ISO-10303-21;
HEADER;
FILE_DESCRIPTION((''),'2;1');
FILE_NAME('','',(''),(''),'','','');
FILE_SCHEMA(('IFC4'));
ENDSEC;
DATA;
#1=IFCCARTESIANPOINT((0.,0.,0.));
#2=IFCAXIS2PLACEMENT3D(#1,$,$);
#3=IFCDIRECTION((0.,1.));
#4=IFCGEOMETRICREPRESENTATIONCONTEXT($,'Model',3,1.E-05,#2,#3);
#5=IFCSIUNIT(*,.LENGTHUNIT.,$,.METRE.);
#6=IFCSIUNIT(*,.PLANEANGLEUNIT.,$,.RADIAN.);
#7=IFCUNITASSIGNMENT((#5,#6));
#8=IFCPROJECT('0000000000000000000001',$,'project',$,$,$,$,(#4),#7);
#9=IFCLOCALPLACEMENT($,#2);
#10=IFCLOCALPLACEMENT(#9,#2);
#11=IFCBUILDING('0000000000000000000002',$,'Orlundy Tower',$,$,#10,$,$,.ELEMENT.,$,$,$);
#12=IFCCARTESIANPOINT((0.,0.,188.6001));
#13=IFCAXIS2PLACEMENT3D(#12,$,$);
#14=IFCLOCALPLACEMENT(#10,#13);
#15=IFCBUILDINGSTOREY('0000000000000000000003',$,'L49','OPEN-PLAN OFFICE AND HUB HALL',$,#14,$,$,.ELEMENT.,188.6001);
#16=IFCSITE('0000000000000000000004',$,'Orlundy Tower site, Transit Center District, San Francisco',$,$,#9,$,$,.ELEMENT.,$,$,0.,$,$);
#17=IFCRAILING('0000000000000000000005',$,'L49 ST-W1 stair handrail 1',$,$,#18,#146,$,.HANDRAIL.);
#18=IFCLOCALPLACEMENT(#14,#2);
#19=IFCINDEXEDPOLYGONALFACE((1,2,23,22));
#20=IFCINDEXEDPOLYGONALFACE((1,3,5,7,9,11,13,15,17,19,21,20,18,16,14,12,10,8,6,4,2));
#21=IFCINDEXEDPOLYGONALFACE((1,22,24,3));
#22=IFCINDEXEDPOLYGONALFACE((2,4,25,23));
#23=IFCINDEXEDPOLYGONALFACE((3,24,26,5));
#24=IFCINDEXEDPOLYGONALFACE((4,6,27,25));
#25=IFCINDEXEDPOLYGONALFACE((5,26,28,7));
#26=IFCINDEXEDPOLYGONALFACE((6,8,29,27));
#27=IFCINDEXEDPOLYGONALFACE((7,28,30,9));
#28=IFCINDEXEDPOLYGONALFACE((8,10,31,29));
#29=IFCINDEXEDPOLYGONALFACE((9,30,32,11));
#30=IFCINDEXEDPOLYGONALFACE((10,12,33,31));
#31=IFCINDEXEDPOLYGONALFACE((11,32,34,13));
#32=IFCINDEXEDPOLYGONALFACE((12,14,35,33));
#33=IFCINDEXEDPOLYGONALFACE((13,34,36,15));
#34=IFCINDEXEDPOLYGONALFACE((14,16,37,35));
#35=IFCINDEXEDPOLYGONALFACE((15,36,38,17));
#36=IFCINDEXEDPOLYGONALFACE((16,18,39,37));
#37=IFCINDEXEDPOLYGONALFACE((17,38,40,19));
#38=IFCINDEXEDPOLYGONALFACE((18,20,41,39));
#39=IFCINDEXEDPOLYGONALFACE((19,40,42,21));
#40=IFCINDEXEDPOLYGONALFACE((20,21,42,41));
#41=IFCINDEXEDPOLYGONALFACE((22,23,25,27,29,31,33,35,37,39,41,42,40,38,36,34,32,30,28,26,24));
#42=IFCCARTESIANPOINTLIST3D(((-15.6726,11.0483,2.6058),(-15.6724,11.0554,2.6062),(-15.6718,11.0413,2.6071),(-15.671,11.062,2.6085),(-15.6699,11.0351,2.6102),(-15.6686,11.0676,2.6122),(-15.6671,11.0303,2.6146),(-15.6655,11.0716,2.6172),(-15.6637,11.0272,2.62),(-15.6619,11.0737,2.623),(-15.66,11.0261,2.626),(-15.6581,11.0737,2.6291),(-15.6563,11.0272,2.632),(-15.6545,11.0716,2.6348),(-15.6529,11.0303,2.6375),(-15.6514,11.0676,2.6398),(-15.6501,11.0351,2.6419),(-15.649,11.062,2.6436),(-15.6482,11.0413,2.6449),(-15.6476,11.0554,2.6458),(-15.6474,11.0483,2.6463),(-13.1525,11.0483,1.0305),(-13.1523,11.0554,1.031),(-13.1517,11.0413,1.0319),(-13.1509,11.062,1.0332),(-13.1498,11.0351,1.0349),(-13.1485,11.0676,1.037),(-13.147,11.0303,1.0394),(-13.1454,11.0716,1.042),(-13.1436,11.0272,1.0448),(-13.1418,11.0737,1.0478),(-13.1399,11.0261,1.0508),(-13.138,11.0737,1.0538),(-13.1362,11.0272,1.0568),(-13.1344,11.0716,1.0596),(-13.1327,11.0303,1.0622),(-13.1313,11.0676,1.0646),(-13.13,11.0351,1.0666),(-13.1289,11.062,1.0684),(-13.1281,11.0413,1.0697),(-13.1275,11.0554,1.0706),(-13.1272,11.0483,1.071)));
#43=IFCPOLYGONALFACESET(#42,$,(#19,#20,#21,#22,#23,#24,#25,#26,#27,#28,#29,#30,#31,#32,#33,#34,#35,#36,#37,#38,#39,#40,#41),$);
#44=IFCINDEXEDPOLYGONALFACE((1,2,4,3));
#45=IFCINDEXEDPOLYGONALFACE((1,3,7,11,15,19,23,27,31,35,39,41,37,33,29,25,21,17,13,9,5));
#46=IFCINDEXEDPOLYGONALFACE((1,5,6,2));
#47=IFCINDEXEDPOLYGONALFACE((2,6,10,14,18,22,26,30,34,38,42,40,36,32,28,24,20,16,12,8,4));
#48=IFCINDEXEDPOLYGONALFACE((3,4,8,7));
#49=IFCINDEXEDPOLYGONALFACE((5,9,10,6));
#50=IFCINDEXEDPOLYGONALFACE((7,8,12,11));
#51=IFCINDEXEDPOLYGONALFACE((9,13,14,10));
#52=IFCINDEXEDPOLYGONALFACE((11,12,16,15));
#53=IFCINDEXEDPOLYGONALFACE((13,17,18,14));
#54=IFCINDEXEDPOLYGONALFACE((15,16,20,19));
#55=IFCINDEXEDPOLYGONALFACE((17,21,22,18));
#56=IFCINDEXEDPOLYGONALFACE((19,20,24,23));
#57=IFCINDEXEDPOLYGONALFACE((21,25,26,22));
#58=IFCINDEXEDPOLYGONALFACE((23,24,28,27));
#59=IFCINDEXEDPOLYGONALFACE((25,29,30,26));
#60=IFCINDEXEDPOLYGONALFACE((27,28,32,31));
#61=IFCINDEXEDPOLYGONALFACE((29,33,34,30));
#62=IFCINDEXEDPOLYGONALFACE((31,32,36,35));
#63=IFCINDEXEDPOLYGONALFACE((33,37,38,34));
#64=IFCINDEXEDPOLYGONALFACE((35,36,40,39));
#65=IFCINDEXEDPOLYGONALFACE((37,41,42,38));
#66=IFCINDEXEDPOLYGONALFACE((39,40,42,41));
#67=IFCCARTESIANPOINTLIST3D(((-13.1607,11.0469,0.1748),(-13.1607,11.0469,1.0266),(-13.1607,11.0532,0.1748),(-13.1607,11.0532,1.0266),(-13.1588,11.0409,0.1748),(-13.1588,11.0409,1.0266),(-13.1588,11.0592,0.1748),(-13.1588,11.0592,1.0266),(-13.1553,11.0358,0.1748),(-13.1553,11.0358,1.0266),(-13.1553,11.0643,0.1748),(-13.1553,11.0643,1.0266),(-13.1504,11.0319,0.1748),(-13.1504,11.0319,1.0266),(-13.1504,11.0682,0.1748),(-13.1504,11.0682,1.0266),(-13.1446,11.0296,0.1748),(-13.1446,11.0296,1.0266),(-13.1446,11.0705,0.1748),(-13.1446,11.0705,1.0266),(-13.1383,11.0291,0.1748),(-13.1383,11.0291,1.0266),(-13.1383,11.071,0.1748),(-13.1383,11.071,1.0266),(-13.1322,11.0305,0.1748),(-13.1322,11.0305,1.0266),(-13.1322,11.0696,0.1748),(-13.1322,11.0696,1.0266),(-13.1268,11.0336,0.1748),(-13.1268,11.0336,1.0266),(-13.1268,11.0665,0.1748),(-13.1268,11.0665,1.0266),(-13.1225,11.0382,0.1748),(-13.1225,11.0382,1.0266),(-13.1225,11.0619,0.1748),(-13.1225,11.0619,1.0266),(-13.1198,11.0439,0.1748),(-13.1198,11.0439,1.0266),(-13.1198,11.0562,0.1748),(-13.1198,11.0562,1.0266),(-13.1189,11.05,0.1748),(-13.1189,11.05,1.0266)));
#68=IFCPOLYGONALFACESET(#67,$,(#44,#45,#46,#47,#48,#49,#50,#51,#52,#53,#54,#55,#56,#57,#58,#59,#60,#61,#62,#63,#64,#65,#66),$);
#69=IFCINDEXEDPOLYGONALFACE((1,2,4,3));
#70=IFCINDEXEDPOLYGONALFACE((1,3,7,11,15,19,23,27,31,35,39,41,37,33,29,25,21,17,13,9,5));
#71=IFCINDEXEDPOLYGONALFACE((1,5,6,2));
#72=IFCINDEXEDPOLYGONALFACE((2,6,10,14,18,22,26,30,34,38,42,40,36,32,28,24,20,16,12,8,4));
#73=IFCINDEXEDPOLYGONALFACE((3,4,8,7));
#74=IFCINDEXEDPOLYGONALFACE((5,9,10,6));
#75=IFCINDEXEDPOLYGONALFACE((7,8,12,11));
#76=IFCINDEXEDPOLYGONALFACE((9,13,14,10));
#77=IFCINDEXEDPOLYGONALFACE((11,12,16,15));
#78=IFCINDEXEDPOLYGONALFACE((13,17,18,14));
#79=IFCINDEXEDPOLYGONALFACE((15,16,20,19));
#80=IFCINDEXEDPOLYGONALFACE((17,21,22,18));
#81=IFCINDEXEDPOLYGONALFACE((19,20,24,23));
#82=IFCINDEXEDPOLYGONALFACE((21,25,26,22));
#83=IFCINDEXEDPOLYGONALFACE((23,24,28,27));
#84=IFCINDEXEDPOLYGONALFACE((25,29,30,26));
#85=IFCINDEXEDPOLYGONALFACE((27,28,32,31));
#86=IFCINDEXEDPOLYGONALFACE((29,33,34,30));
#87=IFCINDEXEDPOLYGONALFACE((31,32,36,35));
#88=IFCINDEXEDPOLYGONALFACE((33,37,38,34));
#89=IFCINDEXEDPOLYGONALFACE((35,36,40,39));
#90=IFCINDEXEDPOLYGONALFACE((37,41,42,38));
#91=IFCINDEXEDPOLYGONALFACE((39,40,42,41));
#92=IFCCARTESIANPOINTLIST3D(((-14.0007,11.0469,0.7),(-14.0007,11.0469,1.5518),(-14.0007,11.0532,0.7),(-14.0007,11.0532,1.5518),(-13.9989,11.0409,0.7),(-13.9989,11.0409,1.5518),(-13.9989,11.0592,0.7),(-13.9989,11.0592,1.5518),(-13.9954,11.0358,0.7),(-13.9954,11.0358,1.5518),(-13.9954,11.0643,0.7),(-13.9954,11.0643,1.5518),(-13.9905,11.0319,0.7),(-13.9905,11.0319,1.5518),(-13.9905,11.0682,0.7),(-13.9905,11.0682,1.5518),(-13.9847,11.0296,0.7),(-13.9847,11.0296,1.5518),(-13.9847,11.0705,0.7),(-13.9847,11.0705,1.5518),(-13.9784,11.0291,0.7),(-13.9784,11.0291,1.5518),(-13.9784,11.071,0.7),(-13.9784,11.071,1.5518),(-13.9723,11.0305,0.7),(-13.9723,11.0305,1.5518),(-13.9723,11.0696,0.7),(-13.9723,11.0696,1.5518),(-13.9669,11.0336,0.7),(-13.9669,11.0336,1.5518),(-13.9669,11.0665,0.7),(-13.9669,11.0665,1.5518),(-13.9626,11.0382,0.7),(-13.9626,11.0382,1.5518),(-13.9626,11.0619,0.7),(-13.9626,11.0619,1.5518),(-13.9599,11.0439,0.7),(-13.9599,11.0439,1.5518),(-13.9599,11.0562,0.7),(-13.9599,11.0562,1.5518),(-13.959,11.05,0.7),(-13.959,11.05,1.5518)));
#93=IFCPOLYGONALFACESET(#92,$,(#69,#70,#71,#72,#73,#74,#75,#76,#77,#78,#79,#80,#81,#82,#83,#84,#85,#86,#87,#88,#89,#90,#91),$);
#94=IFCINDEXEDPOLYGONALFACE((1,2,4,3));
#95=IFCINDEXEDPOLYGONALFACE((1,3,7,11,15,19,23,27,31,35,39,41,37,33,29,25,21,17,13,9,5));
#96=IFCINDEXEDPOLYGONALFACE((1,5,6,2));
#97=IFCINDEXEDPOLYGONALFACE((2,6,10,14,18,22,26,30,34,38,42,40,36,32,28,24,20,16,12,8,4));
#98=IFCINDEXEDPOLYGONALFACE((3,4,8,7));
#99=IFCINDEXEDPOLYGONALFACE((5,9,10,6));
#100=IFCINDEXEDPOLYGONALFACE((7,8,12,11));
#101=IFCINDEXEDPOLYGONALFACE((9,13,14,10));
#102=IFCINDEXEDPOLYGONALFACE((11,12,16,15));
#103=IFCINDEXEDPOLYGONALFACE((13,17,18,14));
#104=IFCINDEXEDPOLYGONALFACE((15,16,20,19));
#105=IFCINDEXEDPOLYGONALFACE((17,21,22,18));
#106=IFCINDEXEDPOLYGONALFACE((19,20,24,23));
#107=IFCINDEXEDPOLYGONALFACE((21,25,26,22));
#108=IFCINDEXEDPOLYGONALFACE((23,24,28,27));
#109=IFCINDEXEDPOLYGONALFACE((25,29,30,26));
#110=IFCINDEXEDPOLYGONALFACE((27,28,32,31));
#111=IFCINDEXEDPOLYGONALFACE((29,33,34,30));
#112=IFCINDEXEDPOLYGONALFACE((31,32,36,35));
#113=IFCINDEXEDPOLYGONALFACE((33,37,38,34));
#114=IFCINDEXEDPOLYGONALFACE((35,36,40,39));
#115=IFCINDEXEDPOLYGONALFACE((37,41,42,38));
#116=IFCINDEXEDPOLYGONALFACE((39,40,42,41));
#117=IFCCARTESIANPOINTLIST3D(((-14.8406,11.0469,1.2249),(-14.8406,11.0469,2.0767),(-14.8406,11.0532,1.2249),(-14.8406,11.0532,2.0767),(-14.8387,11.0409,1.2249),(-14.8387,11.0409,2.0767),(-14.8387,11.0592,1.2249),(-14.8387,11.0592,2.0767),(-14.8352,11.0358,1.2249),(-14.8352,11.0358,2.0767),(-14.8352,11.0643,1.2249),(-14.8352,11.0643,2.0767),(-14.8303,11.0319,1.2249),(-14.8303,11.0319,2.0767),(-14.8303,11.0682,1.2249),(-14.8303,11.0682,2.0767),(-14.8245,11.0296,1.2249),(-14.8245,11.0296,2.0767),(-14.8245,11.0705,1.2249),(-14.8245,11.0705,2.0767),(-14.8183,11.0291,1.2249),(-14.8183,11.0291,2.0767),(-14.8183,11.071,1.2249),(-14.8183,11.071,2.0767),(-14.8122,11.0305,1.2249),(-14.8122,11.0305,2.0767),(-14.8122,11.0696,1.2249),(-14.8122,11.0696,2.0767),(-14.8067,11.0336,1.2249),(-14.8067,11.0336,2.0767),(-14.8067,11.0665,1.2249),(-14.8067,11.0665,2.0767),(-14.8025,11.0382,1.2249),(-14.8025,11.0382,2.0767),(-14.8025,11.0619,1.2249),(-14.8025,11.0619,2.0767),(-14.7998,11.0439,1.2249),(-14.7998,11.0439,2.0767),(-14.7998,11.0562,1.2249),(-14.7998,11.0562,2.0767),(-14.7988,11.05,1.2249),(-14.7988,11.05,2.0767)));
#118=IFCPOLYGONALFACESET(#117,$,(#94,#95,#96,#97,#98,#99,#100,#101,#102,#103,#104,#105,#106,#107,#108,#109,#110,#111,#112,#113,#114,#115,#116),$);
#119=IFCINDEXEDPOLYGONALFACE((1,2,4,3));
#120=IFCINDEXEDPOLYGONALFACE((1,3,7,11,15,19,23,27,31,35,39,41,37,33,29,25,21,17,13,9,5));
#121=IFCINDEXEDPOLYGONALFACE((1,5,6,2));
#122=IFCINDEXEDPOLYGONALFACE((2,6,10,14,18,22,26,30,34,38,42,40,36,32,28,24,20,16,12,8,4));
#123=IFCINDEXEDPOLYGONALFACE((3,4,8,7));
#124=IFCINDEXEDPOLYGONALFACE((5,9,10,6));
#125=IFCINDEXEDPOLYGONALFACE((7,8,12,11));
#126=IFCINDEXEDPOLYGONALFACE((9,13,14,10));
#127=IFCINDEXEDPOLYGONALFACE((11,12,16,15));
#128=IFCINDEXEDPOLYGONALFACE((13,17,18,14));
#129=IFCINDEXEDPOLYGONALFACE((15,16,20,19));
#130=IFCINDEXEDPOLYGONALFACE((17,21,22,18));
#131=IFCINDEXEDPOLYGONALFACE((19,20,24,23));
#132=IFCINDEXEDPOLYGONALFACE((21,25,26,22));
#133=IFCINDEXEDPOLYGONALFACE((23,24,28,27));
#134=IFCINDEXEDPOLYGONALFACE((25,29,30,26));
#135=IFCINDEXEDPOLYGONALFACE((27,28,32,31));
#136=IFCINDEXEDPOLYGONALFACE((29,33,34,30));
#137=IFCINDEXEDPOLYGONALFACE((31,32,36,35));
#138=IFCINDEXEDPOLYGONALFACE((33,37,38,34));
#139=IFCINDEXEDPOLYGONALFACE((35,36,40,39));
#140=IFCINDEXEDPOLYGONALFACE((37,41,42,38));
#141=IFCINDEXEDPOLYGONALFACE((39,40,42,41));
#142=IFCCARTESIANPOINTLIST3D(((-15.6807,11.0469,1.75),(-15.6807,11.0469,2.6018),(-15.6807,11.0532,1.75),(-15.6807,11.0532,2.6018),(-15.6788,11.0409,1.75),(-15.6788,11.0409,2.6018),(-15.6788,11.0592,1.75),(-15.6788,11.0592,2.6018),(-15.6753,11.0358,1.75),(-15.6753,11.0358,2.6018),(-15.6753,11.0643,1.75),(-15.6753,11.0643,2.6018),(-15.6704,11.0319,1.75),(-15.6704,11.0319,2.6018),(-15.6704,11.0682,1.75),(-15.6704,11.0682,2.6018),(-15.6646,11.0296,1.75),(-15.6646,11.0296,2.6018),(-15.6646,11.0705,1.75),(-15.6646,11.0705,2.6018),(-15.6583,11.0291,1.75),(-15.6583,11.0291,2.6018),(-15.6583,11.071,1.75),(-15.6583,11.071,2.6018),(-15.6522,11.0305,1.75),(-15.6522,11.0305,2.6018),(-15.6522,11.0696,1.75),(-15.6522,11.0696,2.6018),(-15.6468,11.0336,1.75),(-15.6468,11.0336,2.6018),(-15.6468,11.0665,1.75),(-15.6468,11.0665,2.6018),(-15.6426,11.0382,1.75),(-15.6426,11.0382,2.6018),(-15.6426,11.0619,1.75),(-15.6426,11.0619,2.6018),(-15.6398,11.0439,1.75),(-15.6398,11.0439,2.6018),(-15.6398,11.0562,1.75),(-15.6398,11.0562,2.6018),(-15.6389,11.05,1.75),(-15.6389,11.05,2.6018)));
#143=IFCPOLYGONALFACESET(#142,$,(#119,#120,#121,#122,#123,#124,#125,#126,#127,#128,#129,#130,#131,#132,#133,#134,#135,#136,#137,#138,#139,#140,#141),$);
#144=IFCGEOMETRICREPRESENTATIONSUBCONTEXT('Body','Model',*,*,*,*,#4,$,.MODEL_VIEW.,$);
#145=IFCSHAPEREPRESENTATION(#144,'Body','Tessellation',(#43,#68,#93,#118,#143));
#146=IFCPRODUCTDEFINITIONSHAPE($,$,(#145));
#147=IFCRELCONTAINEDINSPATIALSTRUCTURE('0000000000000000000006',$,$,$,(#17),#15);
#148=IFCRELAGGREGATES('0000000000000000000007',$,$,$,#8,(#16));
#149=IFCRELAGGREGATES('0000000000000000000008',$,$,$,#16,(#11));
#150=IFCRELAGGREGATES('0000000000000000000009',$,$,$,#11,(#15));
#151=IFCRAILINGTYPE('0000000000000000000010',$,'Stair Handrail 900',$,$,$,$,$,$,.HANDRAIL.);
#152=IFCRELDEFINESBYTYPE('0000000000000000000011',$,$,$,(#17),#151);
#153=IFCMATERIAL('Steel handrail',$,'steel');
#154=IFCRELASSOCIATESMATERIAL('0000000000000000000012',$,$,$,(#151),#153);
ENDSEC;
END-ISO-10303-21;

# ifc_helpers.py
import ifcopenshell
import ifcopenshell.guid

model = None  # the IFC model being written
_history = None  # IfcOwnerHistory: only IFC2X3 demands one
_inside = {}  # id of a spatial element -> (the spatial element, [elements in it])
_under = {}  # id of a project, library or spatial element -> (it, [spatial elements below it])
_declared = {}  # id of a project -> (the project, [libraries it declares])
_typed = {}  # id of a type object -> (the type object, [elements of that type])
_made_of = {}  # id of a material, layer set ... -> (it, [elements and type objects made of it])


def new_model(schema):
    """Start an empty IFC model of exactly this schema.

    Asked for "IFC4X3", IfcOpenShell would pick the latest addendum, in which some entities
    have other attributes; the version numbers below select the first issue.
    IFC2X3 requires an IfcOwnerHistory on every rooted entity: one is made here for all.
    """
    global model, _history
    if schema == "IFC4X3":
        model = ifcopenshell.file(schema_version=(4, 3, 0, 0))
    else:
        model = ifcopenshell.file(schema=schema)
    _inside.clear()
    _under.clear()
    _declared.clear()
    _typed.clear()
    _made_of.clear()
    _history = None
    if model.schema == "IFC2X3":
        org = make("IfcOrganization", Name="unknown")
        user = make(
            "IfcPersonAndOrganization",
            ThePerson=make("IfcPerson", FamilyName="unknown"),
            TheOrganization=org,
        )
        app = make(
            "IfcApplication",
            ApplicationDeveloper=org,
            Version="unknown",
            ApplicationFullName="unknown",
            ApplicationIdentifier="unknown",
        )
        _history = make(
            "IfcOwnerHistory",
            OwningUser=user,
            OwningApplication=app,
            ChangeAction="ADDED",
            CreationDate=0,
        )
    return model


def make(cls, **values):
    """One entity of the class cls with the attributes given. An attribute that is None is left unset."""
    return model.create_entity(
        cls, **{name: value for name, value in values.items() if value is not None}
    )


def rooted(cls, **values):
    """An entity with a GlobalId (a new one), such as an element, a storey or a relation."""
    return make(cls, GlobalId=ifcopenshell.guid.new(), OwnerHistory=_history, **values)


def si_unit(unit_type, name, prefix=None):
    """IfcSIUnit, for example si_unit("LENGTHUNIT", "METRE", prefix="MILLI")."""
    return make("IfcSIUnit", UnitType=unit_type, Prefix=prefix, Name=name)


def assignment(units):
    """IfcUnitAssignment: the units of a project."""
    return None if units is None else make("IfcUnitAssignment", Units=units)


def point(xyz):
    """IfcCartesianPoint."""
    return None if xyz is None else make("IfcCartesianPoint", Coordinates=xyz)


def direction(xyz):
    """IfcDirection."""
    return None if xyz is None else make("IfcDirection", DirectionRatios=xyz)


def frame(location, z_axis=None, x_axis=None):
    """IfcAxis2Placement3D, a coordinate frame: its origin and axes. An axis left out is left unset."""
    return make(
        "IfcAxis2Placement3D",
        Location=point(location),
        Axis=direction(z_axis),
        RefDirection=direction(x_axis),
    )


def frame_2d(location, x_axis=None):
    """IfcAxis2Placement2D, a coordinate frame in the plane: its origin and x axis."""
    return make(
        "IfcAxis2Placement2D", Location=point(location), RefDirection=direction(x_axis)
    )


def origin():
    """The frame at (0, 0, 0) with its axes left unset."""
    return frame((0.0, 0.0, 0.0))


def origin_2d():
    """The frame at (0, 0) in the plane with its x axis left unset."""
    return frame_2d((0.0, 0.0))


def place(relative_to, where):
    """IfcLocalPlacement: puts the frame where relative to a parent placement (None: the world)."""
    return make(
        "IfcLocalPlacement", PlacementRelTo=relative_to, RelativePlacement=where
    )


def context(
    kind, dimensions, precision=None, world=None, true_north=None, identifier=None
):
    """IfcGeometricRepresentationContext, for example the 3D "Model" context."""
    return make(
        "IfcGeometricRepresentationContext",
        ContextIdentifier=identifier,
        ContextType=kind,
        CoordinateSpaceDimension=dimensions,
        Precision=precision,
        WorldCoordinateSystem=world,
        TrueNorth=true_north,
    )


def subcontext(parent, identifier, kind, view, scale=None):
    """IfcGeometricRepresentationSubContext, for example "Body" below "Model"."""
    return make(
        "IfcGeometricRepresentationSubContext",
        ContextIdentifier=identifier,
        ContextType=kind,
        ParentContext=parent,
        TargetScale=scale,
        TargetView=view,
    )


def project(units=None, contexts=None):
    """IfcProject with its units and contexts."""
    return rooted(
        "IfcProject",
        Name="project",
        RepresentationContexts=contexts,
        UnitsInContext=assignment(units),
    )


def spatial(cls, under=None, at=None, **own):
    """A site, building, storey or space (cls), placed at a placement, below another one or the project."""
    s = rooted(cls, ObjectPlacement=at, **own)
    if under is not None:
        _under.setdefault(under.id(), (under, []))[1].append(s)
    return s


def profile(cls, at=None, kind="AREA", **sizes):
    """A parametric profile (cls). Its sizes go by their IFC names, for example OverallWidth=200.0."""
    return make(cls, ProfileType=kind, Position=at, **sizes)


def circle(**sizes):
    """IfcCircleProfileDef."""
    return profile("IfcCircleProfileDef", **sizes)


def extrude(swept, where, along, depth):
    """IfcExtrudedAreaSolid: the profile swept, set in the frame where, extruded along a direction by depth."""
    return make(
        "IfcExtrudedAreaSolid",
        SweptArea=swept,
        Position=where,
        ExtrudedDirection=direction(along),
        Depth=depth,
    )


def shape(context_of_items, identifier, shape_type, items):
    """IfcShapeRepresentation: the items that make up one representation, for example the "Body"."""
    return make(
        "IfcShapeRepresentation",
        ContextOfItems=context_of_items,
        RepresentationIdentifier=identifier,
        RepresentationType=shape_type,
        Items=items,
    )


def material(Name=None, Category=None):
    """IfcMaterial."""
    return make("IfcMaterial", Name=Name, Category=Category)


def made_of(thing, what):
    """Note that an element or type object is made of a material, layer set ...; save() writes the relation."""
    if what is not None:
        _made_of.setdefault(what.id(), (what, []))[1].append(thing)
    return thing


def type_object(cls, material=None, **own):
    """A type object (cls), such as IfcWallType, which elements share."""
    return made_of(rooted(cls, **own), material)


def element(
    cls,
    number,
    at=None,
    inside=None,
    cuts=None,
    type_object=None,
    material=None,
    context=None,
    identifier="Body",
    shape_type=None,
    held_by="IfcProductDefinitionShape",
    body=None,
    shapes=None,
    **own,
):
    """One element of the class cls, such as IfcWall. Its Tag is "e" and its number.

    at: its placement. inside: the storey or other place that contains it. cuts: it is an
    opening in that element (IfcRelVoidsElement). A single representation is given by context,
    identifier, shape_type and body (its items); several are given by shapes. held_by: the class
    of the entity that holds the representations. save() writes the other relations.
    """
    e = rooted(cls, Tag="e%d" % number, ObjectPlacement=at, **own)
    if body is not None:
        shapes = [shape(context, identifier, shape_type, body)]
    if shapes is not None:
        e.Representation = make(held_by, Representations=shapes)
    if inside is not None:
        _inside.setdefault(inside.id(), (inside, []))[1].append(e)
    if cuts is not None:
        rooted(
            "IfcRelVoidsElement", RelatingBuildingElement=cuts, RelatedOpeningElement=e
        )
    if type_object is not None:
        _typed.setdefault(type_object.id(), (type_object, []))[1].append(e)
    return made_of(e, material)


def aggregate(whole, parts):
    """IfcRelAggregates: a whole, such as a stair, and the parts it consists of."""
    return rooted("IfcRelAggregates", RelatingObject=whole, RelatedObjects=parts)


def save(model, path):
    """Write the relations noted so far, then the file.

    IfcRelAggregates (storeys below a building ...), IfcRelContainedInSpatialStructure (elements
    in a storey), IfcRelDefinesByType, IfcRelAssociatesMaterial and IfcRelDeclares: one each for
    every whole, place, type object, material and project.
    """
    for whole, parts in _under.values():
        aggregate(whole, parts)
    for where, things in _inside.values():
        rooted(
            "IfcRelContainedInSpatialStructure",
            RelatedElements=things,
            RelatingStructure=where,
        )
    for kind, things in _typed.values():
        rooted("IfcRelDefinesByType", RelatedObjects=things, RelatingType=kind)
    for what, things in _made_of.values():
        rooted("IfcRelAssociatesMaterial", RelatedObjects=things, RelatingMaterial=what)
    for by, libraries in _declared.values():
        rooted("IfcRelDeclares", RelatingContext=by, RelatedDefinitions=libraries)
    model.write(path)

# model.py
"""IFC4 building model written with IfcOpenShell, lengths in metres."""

from ifc_helpers import new_model, si_unit, direction, frame, origin, origin_2d, place, context, subcontext, project, spatial, circle, extrude, material, type_object, element, save


model = new_model("IFC4")

# Units and contexts
model_context = context("Model", 3, precision=1e-05, world=origin(), true_north=direction((0.0, 1.0)))
body_context = subcontext(model_context, "Body", "Model", "MODEL_VIEW")
ifc_project = project(units=[si_unit("LENGTHUNIT", "METRE"), si_unit("PLANEANGLEUNIT", "RADIAN")], contexts=[model_context])

# Site, building, storey
site_placement = place(None, origin())
site = spatial("IfcSite", under=ifc_project, at=site_placement, Name="Orlundy Tower site, Transit Center District, San Francisco", CompositionType="ELEMENT", RefElevation=0.0)
building_placement = place(site_placement, origin())
building = spatial("IfcBuilding", under=site, at=building_placement, Name="Orlundy Tower", CompositionType="ELEMENT")
storey_placement = place(building_placement, frame((0.0, 0.0, 188.6001)))
storey = spatial("IfcBuildingStorey", under=building, at=storey_placement, Name="L49", Description="OPEN-PLAN OFFICE AND HUB HALL", CompositionType="ELEMENT", Elevation=188.6001)

# Railing
ifc_material_1 = material(Name="Steel handrail", Category="steel")
railing_type_1 = type_object("IfcRailingType", Name="Stair Handrail 900", PredefinedType="HANDRAIL", material=ifc_material_1)
railing_1_placement = place(storey_placement, frame((-13.1399, 11.05, 0.1748)))
element("IfcRailing", 1, at=railing_1_placement, inside=storey, type_object=railing_type_1, Name="L49 ST-W1 stair handrail 1", PredefinedType="HANDRAIL", context=body_context, shape_type="SweptSolid", body=[
    extrude(circle(Radius=0.0239, at=origin_2d()), frame((0.0, 0.0, 0.876), z_axis=(-0.847971, 0.0, 0.530043), x_axis=(0.0, -1.0, 0.0)), (0.0, 0.0, 1.0), 2.9719),
    extrude(circle(Radius=0.021, at=origin_2d()), origin(), (0.0, 0.0, 1.0), 0.8518),
    extrude(circle(Radius=0.021, at=origin_2d()), frame((-0.8401, 0.0, 0.5251)), (0.0, 0.0, 1.0), 0.8518),
    extrude(circle(Radius=0.021, at=origin_2d()), frame((-1.6799, 0.0, 1.05)), (0.0, 0.0, 1.0), 0.8518),
    extrude(circle(Radius=0.021, at=origin_2d()), frame((-2.52, 0.0, 1.5752)), (0.0, 0.0, 1.0), 0.8518),
])

save(model, "model.ifc")
